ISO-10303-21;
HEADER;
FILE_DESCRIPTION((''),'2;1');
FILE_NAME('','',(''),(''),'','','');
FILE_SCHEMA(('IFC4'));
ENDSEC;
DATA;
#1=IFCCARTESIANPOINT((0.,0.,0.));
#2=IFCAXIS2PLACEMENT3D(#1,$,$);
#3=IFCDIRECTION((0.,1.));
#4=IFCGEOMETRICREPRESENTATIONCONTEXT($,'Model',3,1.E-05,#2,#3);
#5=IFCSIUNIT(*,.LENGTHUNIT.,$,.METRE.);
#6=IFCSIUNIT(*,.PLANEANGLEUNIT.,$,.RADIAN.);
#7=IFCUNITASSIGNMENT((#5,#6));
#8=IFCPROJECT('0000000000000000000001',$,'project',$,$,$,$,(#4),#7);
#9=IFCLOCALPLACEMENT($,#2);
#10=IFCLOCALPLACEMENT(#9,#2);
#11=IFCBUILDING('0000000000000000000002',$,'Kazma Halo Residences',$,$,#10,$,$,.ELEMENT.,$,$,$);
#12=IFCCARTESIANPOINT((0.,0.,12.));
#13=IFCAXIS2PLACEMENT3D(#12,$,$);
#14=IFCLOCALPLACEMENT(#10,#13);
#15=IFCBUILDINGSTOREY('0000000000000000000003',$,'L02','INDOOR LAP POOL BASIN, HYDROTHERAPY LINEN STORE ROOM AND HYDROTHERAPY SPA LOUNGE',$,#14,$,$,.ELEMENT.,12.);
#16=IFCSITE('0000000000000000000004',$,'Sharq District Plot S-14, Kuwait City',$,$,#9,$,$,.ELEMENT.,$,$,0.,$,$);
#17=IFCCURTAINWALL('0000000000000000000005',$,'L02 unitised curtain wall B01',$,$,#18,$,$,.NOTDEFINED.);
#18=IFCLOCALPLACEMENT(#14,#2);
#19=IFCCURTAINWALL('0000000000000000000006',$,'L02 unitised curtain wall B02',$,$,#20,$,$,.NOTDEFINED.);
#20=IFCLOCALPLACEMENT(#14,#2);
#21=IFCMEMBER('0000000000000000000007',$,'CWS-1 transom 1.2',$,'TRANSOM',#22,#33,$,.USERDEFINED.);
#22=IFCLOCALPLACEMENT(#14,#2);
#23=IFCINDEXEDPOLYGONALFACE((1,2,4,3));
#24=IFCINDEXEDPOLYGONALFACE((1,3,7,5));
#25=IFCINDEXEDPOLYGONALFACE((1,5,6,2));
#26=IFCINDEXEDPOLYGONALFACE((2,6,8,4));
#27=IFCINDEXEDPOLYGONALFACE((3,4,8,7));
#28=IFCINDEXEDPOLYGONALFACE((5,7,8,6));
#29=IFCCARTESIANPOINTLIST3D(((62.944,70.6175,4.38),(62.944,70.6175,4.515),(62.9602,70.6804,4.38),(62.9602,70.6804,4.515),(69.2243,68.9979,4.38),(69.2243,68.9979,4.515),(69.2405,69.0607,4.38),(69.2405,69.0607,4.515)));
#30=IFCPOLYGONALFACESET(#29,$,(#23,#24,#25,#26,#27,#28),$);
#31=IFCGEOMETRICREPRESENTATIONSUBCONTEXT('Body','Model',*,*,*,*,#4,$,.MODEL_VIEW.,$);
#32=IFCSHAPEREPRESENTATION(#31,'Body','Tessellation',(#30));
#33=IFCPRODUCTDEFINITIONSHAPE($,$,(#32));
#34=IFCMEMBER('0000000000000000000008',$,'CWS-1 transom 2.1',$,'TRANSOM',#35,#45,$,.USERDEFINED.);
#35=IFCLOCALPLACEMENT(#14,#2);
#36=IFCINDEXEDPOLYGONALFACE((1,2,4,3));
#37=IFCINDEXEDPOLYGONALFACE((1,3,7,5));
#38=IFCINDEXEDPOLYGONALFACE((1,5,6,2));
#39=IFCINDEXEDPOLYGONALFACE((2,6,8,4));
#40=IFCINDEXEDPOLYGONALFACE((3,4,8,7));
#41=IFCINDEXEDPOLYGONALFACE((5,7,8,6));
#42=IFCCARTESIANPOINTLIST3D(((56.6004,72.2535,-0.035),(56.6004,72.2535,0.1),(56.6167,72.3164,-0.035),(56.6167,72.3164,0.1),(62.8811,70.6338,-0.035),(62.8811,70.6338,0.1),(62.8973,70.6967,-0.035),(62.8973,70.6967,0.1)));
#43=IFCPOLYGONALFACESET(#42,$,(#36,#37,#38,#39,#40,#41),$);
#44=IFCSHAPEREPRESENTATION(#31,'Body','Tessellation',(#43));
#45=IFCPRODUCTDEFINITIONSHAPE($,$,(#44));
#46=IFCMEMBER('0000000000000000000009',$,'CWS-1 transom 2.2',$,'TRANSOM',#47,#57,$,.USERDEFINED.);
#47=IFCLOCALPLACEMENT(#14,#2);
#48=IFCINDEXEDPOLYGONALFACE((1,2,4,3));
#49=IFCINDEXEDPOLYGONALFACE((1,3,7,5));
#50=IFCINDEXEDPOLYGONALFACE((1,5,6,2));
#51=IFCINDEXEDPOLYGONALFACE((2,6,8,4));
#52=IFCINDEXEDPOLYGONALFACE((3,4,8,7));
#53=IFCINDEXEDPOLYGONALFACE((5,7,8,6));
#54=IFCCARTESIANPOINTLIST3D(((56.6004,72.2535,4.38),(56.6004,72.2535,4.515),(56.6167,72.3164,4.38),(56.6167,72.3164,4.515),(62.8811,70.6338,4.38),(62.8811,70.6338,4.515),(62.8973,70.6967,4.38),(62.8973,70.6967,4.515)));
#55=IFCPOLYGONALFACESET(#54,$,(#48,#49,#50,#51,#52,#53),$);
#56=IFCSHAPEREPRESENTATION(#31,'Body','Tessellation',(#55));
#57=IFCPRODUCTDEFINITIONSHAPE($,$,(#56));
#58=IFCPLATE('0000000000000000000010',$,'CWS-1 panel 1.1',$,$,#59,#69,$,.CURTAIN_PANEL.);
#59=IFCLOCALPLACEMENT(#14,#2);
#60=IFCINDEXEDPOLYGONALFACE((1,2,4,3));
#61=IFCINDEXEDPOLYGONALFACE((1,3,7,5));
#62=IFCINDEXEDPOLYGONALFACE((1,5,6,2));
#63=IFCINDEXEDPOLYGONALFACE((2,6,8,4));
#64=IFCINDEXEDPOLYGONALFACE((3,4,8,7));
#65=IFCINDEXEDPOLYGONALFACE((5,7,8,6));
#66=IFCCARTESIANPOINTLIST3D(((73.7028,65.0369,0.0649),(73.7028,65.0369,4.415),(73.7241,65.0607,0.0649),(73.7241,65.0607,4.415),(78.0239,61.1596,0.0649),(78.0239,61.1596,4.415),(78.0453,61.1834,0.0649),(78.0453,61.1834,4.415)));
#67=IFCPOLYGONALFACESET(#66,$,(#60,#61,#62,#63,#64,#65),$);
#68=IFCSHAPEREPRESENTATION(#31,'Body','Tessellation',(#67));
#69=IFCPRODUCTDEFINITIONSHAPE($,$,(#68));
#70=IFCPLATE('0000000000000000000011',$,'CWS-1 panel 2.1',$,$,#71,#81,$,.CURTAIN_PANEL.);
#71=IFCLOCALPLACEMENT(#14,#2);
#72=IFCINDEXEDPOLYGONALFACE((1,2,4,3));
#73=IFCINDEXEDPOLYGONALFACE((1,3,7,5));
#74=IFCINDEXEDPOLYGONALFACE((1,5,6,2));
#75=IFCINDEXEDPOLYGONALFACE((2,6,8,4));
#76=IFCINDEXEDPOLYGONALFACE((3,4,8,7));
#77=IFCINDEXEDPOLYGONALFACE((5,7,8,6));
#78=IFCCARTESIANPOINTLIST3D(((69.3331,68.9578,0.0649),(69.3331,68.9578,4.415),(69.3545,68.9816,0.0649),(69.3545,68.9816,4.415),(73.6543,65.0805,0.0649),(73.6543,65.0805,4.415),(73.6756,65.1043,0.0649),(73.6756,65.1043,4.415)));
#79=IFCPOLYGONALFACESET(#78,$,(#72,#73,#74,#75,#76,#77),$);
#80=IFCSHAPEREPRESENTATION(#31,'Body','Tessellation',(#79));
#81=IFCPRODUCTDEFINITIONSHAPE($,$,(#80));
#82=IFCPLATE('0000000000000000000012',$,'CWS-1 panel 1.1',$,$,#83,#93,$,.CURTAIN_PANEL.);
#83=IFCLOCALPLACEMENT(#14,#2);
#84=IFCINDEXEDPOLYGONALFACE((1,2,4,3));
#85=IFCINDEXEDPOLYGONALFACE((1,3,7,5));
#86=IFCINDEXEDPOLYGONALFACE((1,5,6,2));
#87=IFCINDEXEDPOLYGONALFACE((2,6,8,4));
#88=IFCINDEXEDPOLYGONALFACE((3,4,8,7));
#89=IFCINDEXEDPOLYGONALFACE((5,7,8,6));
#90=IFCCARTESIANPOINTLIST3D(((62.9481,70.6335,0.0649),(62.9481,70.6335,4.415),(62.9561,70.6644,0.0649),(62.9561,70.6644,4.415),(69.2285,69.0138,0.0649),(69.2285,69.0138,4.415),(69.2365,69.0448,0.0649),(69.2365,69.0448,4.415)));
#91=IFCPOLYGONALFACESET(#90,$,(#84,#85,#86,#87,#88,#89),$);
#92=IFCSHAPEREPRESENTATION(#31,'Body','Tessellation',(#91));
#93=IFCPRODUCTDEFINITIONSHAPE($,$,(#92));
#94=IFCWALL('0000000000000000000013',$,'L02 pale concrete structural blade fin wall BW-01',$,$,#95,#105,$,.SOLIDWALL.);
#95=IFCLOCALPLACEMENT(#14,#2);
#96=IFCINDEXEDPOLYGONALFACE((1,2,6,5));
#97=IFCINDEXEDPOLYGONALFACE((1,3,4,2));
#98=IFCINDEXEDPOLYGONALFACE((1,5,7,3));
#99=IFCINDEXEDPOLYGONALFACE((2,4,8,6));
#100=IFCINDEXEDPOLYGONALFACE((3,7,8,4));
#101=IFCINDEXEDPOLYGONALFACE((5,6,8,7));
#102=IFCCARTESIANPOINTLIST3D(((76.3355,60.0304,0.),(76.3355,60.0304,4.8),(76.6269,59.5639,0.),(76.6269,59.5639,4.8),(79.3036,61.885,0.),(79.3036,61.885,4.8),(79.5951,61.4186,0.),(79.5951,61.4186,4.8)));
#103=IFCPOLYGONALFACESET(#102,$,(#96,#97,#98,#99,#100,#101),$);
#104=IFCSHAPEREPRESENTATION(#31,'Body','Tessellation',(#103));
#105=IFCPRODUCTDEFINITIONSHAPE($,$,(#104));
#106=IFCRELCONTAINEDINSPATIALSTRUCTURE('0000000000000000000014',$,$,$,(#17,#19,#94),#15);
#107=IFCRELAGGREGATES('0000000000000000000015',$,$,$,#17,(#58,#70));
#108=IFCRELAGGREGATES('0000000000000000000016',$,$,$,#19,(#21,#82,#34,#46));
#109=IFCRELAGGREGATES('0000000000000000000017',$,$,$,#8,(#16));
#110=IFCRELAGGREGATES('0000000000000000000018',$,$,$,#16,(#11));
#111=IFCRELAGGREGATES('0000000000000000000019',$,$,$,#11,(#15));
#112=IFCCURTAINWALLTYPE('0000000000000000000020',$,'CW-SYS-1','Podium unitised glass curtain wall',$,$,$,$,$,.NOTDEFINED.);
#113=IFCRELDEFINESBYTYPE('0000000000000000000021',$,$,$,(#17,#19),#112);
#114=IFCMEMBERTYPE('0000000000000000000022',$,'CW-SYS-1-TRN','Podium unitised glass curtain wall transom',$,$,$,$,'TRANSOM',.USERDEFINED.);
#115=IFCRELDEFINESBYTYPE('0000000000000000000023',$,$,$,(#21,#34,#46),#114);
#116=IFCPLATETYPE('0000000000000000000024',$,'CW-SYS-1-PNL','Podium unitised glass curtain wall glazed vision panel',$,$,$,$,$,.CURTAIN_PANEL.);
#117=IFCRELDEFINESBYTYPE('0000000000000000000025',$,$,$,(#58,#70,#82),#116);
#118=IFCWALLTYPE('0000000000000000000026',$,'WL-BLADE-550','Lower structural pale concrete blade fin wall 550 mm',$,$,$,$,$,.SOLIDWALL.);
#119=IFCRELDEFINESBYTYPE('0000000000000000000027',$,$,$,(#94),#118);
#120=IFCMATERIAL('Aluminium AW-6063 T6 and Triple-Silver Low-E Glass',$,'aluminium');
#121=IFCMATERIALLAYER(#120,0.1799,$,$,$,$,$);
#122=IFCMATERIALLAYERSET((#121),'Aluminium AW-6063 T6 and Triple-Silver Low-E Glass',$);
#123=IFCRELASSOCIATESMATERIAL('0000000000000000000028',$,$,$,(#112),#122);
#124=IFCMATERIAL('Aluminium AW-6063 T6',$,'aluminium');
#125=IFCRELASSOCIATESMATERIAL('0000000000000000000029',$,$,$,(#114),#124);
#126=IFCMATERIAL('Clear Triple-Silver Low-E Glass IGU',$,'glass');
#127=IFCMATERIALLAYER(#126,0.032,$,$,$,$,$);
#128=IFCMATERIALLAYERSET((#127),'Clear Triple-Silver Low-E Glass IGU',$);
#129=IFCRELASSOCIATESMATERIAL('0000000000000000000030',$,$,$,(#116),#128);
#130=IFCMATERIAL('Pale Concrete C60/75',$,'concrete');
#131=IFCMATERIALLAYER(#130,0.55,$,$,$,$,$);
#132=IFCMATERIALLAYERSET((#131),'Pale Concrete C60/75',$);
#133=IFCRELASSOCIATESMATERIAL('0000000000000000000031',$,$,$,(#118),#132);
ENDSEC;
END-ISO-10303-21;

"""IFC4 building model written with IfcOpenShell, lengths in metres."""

from ifc_helpers import new_model, si_unit, direction, frame, frame_2d, origin, origin_2d, place, context, subcontext, project, spatial, rectangle, extrude, material, layer, layer_set, material_profile, profile_set, type_object, element, aggregate, save


model = new_model("IFC4")

# Units and contexts
model_context = context("Model", 3, precision=1e-05, world=origin(), true_north=direction((0.0, 1.0)))
body_context = subcontext(model_context, "Body", "Model", "MODEL_VIEW")
ifc_project = project(units=[si_unit("LENGTHUNIT", "METRE"), si_unit("PLANEANGLEUNIT", "RADIAN")], contexts=[model_context])

# Site, building, storey
site_placement = place(None, origin())
site = spatial("IfcSite", under=ifc_project, at=site_placement, Name="Sharq District Plot S-14, Kuwait City", CompositionType="ELEMENT", RefElevation=0.0)
building_placement = place(site_placement, origin())
building = spatial("IfcBuilding", under=site, at=building_placement, Name="Kazma Halo Residences", CompositionType="ELEMENT")
storey_placement = place(building_placement, frame((0.0, 0.0, 12.0)))
storey = spatial("IfcBuildingStorey", under=building, at=storey_placement, Name="L02", Description="INDOOR LAP POOL BASIN, HYDROTHERAPY LINEN STORE ROOM AND HYDROTHERAPY SPA LOUNGE", CompositionType="ELEMENT", Elevation=12.0)

# Curtain walls
ifc_material_1 = material(Name="Aluminium AW-6063 T6 and Triple-Silver Low-E Glass", Category="aluminium")
ifc_layer_1 = layer(ifc_material_1, 0.1799)
ifc_layer_set_1 = layer_set([ifc_layer_1], Name="Aluminium AW-6063 T6 and Triple-Silver Low-E Glass")
curtain_wall_type = type_object("IfcCurtainWallType", Name="CW-SYS-1", Description="Podium unitised glass curtain wall", PredefinedType="NOTDEFINED", material=ifc_layer_set_1)
curtain_wall_1_placement = place(storey_placement, origin())
curtain_wall_1 = element("IfcCurtainWall", 1, at=curtain_wall_1_placement, inside=storey, type_object=curtain_wall_type, Name="L02 unitised curtain wall B01", PredefinedType="NOTDEFINED")
ifc_material_2 = material(Name="Aluminium AW-6063 T6", Category="aluminium")
curtain_wall_2_placement = place(storey_placement, origin())
curtain_wall_2 = element("IfcCurtainWall", 2, at=curtain_wall_2_placement, inside=storey, type_object=curtain_wall_type, Name="L02 unitised curtain wall B02", PredefinedType="NOTDEFINED")

# Members
ifc_material_profile_1 = material_profile(ifc_material_2, rectangle(XDim=0.0649, YDim=0.135, at=origin_2d()), Name="CWT-65x135")
ifc_profile_set_1 = profile_set([ifc_material_profile_1], Name="Aluminium AW-6063 T6")
member_type_1 = type_object("IfcMemberType", Name="CW-SYS-1-TRN", Description="Podium unitised glass curtain wall transom", ElementType="TRANSOM", PredefinedType="USERDEFINED", material=ifc_profile_set_1)
member_1_placement = place(storey_placement, frame((69.2324, 69.0293, 4.4475), z_axis=(-0.968318, 0.249721, 0.0), x_axis=(-0.249721, -0.968318, 0.0)))
member_1 = element("IfcMember", 3, at=member_1_placement, type_object=member_type_1, Name="CWS-1 transom 1.2", ObjectType="TRANSOM", PredefinedType="USERDEFINED", context=body_context, shape_type="SweptSolid", body=[
    extrude(rectangle(XDim=0.0649, YDim=0.135, at=origin_2d()), origin(), (0.0, 0.0, 1.0), 6.4858),
])
member_2_placement = place(storey_placement, frame((62.8892, 70.6653, 0.0325), z_axis=(-0.96832, 0.249712, 0.0), x_axis=(-0.249712, -0.96832, 0.0)))
member_2 = element("IfcMember", 4, at=member_2_placement, type_object=member_type_1, Name="CWS-1 transom 2.1", ObjectType="TRANSOM", PredefinedType="USERDEFINED", context=body_context, shape_type="SweptSolid", body=[
    extrude(rectangle(XDim=0.0649, YDim=0.135, at=origin_2d()), origin(), (0.0, 0.0, 1.0), 6.4861),
])
member_3_placement = place(storey_placement, frame((62.8892, 70.6653, 4.4475), z_axis=(-0.96832, 0.249712, 0.0), x_axis=(-0.249712, -0.96832, 0.0)))
member_3 = element("IfcMember", 5, at=member_3_placement, type_object=member_type_1, Name="CWS-1 transom 2.2", ObjectType="TRANSOM", PredefinedType="USERDEFINED", context=body_context, shape_type="SweptSolid", body=[
    extrude(rectangle(XDim=0.0649, YDim=0.135, at=origin_2d()), origin(), (0.0, 0.0, 1.0), 6.4861),
])

# Plates
ifc_material_3 = material(Name="Clear Triple-Silver Low-E Glass IGU", Category="glass")
ifc_layer_2 = layer(ifc_material_3, 0.032)
ifc_layer_set_2 = layer_set([ifc_layer_2], Name="Clear Triple-Silver Low-E Glass IGU")
plate_type = type_object("IfcPlateType", Name="CW-SYS-1-PNL", Description="Podium unitised glass curtain wall glazed vision panel", PredefinedType="CURTAIN_PANEL", material=ifc_layer_set_2)
plate_1_placement = place(storey_placement, frame((75.874, 63.1101, 0.0649), z_axis=(0.0, 0.0, 1.0), x_axis=(-0.744298, 0.667848, 0.0)))
plate_1 = element("IfcPlate", 6, at=plate_1_placement, type_object=plate_type, Name="CWS-1 panel 1.1", PredefinedType="CURTAIN_PANEL", context=body_context, shape_type="SweptSolid", body=[
    extrude(rectangle(XDim=5.8057, YDim=0.032, at=origin_2d()), origin(), (0.0, 0.0, 1.0), 4.3501),
])
plate_2_placement = place(storey_placement, frame((71.5044, 67.031, 0.0649), z_axis=(0.0, 0.0, 1.0), x_axis=(-0.744298, 0.667848, 0.0)))
plate_2 = element("IfcPlate", 7, at=plate_2_placement, type_object=plate_type, Name="CWS-1 panel 2.1", PredefinedType="CURTAIN_PANEL", context=body_context, shape_type="SweptSolid", body=[
    extrude(rectangle(XDim=5.8057, YDim=0.032, at=origin_2d()), origin(), (0.0, 0.0, 1.0), 4.3501),
])
aggregate(curtain_wall_1, [plate_1, plate_2])
plate_3_placement = place(storey_placement, frame((66.0923, 69.8391, 0.0649), z_axis=(0.0, 0.0, 1.0), x_axis=(-0.968316, 0.249727, 0.0)))
plate_3 = element("IfcPlate", 8, at=plate_3_placement, type_object=plate_type, Name="CWS-1 panel 1.1", PredefinedType="CURTAIN_PANEL", context=body_context, shape_type="SweptSolid", body=[
    extrude(rectangle(XDim=6.4858, YDim=0.032, at=origin_2d()), origin(), (0.0, 0.0, 1.0), 4.3501),
])
aggregate(curtain_wall_2, [member_1, plate_3, member_2, member_3])

# Wall
ifc_material_4 = material(Name="Pale Concrete C60/75", Category="concrete")
ifc_layer_3 = layer(ifc_material_4, 0.55)
ifc_layer_set_3 = layer_set([ifc_layer_3], Name="Pale Concrete C60/75")
wall_type = type_object("IfcWallType", Name="WL-BLADE-550", Description="Lower structural pale concrete blade fin wall 550 mm", PredefinedType="SOLIDWALL", material=ifc_layer_set_3)
wall_placement = place(storey_placement, frame((76.4812, 59.7971, 0.0), z_axis=(0.0, 0.0, 1.0), x_axis=(0.848053, 0.529911, 0.0)))
element("IfcWall", 9, at=wall_placement, inside=storey, type_object=wall_type, Name="L02 pale concrete structural blade fin wall BW-01", PredefinedType="SOLIDWALL", context=body_context, shape_type="SweptSolid", body=[
    extrude(rectangle(XDim=3.5, YDim=0.55, at=frame_2d((1.75, 0.0))), origin(), (0.0, 0.0, 1.0), 4.8),
])

save(model, "model.ifc")
